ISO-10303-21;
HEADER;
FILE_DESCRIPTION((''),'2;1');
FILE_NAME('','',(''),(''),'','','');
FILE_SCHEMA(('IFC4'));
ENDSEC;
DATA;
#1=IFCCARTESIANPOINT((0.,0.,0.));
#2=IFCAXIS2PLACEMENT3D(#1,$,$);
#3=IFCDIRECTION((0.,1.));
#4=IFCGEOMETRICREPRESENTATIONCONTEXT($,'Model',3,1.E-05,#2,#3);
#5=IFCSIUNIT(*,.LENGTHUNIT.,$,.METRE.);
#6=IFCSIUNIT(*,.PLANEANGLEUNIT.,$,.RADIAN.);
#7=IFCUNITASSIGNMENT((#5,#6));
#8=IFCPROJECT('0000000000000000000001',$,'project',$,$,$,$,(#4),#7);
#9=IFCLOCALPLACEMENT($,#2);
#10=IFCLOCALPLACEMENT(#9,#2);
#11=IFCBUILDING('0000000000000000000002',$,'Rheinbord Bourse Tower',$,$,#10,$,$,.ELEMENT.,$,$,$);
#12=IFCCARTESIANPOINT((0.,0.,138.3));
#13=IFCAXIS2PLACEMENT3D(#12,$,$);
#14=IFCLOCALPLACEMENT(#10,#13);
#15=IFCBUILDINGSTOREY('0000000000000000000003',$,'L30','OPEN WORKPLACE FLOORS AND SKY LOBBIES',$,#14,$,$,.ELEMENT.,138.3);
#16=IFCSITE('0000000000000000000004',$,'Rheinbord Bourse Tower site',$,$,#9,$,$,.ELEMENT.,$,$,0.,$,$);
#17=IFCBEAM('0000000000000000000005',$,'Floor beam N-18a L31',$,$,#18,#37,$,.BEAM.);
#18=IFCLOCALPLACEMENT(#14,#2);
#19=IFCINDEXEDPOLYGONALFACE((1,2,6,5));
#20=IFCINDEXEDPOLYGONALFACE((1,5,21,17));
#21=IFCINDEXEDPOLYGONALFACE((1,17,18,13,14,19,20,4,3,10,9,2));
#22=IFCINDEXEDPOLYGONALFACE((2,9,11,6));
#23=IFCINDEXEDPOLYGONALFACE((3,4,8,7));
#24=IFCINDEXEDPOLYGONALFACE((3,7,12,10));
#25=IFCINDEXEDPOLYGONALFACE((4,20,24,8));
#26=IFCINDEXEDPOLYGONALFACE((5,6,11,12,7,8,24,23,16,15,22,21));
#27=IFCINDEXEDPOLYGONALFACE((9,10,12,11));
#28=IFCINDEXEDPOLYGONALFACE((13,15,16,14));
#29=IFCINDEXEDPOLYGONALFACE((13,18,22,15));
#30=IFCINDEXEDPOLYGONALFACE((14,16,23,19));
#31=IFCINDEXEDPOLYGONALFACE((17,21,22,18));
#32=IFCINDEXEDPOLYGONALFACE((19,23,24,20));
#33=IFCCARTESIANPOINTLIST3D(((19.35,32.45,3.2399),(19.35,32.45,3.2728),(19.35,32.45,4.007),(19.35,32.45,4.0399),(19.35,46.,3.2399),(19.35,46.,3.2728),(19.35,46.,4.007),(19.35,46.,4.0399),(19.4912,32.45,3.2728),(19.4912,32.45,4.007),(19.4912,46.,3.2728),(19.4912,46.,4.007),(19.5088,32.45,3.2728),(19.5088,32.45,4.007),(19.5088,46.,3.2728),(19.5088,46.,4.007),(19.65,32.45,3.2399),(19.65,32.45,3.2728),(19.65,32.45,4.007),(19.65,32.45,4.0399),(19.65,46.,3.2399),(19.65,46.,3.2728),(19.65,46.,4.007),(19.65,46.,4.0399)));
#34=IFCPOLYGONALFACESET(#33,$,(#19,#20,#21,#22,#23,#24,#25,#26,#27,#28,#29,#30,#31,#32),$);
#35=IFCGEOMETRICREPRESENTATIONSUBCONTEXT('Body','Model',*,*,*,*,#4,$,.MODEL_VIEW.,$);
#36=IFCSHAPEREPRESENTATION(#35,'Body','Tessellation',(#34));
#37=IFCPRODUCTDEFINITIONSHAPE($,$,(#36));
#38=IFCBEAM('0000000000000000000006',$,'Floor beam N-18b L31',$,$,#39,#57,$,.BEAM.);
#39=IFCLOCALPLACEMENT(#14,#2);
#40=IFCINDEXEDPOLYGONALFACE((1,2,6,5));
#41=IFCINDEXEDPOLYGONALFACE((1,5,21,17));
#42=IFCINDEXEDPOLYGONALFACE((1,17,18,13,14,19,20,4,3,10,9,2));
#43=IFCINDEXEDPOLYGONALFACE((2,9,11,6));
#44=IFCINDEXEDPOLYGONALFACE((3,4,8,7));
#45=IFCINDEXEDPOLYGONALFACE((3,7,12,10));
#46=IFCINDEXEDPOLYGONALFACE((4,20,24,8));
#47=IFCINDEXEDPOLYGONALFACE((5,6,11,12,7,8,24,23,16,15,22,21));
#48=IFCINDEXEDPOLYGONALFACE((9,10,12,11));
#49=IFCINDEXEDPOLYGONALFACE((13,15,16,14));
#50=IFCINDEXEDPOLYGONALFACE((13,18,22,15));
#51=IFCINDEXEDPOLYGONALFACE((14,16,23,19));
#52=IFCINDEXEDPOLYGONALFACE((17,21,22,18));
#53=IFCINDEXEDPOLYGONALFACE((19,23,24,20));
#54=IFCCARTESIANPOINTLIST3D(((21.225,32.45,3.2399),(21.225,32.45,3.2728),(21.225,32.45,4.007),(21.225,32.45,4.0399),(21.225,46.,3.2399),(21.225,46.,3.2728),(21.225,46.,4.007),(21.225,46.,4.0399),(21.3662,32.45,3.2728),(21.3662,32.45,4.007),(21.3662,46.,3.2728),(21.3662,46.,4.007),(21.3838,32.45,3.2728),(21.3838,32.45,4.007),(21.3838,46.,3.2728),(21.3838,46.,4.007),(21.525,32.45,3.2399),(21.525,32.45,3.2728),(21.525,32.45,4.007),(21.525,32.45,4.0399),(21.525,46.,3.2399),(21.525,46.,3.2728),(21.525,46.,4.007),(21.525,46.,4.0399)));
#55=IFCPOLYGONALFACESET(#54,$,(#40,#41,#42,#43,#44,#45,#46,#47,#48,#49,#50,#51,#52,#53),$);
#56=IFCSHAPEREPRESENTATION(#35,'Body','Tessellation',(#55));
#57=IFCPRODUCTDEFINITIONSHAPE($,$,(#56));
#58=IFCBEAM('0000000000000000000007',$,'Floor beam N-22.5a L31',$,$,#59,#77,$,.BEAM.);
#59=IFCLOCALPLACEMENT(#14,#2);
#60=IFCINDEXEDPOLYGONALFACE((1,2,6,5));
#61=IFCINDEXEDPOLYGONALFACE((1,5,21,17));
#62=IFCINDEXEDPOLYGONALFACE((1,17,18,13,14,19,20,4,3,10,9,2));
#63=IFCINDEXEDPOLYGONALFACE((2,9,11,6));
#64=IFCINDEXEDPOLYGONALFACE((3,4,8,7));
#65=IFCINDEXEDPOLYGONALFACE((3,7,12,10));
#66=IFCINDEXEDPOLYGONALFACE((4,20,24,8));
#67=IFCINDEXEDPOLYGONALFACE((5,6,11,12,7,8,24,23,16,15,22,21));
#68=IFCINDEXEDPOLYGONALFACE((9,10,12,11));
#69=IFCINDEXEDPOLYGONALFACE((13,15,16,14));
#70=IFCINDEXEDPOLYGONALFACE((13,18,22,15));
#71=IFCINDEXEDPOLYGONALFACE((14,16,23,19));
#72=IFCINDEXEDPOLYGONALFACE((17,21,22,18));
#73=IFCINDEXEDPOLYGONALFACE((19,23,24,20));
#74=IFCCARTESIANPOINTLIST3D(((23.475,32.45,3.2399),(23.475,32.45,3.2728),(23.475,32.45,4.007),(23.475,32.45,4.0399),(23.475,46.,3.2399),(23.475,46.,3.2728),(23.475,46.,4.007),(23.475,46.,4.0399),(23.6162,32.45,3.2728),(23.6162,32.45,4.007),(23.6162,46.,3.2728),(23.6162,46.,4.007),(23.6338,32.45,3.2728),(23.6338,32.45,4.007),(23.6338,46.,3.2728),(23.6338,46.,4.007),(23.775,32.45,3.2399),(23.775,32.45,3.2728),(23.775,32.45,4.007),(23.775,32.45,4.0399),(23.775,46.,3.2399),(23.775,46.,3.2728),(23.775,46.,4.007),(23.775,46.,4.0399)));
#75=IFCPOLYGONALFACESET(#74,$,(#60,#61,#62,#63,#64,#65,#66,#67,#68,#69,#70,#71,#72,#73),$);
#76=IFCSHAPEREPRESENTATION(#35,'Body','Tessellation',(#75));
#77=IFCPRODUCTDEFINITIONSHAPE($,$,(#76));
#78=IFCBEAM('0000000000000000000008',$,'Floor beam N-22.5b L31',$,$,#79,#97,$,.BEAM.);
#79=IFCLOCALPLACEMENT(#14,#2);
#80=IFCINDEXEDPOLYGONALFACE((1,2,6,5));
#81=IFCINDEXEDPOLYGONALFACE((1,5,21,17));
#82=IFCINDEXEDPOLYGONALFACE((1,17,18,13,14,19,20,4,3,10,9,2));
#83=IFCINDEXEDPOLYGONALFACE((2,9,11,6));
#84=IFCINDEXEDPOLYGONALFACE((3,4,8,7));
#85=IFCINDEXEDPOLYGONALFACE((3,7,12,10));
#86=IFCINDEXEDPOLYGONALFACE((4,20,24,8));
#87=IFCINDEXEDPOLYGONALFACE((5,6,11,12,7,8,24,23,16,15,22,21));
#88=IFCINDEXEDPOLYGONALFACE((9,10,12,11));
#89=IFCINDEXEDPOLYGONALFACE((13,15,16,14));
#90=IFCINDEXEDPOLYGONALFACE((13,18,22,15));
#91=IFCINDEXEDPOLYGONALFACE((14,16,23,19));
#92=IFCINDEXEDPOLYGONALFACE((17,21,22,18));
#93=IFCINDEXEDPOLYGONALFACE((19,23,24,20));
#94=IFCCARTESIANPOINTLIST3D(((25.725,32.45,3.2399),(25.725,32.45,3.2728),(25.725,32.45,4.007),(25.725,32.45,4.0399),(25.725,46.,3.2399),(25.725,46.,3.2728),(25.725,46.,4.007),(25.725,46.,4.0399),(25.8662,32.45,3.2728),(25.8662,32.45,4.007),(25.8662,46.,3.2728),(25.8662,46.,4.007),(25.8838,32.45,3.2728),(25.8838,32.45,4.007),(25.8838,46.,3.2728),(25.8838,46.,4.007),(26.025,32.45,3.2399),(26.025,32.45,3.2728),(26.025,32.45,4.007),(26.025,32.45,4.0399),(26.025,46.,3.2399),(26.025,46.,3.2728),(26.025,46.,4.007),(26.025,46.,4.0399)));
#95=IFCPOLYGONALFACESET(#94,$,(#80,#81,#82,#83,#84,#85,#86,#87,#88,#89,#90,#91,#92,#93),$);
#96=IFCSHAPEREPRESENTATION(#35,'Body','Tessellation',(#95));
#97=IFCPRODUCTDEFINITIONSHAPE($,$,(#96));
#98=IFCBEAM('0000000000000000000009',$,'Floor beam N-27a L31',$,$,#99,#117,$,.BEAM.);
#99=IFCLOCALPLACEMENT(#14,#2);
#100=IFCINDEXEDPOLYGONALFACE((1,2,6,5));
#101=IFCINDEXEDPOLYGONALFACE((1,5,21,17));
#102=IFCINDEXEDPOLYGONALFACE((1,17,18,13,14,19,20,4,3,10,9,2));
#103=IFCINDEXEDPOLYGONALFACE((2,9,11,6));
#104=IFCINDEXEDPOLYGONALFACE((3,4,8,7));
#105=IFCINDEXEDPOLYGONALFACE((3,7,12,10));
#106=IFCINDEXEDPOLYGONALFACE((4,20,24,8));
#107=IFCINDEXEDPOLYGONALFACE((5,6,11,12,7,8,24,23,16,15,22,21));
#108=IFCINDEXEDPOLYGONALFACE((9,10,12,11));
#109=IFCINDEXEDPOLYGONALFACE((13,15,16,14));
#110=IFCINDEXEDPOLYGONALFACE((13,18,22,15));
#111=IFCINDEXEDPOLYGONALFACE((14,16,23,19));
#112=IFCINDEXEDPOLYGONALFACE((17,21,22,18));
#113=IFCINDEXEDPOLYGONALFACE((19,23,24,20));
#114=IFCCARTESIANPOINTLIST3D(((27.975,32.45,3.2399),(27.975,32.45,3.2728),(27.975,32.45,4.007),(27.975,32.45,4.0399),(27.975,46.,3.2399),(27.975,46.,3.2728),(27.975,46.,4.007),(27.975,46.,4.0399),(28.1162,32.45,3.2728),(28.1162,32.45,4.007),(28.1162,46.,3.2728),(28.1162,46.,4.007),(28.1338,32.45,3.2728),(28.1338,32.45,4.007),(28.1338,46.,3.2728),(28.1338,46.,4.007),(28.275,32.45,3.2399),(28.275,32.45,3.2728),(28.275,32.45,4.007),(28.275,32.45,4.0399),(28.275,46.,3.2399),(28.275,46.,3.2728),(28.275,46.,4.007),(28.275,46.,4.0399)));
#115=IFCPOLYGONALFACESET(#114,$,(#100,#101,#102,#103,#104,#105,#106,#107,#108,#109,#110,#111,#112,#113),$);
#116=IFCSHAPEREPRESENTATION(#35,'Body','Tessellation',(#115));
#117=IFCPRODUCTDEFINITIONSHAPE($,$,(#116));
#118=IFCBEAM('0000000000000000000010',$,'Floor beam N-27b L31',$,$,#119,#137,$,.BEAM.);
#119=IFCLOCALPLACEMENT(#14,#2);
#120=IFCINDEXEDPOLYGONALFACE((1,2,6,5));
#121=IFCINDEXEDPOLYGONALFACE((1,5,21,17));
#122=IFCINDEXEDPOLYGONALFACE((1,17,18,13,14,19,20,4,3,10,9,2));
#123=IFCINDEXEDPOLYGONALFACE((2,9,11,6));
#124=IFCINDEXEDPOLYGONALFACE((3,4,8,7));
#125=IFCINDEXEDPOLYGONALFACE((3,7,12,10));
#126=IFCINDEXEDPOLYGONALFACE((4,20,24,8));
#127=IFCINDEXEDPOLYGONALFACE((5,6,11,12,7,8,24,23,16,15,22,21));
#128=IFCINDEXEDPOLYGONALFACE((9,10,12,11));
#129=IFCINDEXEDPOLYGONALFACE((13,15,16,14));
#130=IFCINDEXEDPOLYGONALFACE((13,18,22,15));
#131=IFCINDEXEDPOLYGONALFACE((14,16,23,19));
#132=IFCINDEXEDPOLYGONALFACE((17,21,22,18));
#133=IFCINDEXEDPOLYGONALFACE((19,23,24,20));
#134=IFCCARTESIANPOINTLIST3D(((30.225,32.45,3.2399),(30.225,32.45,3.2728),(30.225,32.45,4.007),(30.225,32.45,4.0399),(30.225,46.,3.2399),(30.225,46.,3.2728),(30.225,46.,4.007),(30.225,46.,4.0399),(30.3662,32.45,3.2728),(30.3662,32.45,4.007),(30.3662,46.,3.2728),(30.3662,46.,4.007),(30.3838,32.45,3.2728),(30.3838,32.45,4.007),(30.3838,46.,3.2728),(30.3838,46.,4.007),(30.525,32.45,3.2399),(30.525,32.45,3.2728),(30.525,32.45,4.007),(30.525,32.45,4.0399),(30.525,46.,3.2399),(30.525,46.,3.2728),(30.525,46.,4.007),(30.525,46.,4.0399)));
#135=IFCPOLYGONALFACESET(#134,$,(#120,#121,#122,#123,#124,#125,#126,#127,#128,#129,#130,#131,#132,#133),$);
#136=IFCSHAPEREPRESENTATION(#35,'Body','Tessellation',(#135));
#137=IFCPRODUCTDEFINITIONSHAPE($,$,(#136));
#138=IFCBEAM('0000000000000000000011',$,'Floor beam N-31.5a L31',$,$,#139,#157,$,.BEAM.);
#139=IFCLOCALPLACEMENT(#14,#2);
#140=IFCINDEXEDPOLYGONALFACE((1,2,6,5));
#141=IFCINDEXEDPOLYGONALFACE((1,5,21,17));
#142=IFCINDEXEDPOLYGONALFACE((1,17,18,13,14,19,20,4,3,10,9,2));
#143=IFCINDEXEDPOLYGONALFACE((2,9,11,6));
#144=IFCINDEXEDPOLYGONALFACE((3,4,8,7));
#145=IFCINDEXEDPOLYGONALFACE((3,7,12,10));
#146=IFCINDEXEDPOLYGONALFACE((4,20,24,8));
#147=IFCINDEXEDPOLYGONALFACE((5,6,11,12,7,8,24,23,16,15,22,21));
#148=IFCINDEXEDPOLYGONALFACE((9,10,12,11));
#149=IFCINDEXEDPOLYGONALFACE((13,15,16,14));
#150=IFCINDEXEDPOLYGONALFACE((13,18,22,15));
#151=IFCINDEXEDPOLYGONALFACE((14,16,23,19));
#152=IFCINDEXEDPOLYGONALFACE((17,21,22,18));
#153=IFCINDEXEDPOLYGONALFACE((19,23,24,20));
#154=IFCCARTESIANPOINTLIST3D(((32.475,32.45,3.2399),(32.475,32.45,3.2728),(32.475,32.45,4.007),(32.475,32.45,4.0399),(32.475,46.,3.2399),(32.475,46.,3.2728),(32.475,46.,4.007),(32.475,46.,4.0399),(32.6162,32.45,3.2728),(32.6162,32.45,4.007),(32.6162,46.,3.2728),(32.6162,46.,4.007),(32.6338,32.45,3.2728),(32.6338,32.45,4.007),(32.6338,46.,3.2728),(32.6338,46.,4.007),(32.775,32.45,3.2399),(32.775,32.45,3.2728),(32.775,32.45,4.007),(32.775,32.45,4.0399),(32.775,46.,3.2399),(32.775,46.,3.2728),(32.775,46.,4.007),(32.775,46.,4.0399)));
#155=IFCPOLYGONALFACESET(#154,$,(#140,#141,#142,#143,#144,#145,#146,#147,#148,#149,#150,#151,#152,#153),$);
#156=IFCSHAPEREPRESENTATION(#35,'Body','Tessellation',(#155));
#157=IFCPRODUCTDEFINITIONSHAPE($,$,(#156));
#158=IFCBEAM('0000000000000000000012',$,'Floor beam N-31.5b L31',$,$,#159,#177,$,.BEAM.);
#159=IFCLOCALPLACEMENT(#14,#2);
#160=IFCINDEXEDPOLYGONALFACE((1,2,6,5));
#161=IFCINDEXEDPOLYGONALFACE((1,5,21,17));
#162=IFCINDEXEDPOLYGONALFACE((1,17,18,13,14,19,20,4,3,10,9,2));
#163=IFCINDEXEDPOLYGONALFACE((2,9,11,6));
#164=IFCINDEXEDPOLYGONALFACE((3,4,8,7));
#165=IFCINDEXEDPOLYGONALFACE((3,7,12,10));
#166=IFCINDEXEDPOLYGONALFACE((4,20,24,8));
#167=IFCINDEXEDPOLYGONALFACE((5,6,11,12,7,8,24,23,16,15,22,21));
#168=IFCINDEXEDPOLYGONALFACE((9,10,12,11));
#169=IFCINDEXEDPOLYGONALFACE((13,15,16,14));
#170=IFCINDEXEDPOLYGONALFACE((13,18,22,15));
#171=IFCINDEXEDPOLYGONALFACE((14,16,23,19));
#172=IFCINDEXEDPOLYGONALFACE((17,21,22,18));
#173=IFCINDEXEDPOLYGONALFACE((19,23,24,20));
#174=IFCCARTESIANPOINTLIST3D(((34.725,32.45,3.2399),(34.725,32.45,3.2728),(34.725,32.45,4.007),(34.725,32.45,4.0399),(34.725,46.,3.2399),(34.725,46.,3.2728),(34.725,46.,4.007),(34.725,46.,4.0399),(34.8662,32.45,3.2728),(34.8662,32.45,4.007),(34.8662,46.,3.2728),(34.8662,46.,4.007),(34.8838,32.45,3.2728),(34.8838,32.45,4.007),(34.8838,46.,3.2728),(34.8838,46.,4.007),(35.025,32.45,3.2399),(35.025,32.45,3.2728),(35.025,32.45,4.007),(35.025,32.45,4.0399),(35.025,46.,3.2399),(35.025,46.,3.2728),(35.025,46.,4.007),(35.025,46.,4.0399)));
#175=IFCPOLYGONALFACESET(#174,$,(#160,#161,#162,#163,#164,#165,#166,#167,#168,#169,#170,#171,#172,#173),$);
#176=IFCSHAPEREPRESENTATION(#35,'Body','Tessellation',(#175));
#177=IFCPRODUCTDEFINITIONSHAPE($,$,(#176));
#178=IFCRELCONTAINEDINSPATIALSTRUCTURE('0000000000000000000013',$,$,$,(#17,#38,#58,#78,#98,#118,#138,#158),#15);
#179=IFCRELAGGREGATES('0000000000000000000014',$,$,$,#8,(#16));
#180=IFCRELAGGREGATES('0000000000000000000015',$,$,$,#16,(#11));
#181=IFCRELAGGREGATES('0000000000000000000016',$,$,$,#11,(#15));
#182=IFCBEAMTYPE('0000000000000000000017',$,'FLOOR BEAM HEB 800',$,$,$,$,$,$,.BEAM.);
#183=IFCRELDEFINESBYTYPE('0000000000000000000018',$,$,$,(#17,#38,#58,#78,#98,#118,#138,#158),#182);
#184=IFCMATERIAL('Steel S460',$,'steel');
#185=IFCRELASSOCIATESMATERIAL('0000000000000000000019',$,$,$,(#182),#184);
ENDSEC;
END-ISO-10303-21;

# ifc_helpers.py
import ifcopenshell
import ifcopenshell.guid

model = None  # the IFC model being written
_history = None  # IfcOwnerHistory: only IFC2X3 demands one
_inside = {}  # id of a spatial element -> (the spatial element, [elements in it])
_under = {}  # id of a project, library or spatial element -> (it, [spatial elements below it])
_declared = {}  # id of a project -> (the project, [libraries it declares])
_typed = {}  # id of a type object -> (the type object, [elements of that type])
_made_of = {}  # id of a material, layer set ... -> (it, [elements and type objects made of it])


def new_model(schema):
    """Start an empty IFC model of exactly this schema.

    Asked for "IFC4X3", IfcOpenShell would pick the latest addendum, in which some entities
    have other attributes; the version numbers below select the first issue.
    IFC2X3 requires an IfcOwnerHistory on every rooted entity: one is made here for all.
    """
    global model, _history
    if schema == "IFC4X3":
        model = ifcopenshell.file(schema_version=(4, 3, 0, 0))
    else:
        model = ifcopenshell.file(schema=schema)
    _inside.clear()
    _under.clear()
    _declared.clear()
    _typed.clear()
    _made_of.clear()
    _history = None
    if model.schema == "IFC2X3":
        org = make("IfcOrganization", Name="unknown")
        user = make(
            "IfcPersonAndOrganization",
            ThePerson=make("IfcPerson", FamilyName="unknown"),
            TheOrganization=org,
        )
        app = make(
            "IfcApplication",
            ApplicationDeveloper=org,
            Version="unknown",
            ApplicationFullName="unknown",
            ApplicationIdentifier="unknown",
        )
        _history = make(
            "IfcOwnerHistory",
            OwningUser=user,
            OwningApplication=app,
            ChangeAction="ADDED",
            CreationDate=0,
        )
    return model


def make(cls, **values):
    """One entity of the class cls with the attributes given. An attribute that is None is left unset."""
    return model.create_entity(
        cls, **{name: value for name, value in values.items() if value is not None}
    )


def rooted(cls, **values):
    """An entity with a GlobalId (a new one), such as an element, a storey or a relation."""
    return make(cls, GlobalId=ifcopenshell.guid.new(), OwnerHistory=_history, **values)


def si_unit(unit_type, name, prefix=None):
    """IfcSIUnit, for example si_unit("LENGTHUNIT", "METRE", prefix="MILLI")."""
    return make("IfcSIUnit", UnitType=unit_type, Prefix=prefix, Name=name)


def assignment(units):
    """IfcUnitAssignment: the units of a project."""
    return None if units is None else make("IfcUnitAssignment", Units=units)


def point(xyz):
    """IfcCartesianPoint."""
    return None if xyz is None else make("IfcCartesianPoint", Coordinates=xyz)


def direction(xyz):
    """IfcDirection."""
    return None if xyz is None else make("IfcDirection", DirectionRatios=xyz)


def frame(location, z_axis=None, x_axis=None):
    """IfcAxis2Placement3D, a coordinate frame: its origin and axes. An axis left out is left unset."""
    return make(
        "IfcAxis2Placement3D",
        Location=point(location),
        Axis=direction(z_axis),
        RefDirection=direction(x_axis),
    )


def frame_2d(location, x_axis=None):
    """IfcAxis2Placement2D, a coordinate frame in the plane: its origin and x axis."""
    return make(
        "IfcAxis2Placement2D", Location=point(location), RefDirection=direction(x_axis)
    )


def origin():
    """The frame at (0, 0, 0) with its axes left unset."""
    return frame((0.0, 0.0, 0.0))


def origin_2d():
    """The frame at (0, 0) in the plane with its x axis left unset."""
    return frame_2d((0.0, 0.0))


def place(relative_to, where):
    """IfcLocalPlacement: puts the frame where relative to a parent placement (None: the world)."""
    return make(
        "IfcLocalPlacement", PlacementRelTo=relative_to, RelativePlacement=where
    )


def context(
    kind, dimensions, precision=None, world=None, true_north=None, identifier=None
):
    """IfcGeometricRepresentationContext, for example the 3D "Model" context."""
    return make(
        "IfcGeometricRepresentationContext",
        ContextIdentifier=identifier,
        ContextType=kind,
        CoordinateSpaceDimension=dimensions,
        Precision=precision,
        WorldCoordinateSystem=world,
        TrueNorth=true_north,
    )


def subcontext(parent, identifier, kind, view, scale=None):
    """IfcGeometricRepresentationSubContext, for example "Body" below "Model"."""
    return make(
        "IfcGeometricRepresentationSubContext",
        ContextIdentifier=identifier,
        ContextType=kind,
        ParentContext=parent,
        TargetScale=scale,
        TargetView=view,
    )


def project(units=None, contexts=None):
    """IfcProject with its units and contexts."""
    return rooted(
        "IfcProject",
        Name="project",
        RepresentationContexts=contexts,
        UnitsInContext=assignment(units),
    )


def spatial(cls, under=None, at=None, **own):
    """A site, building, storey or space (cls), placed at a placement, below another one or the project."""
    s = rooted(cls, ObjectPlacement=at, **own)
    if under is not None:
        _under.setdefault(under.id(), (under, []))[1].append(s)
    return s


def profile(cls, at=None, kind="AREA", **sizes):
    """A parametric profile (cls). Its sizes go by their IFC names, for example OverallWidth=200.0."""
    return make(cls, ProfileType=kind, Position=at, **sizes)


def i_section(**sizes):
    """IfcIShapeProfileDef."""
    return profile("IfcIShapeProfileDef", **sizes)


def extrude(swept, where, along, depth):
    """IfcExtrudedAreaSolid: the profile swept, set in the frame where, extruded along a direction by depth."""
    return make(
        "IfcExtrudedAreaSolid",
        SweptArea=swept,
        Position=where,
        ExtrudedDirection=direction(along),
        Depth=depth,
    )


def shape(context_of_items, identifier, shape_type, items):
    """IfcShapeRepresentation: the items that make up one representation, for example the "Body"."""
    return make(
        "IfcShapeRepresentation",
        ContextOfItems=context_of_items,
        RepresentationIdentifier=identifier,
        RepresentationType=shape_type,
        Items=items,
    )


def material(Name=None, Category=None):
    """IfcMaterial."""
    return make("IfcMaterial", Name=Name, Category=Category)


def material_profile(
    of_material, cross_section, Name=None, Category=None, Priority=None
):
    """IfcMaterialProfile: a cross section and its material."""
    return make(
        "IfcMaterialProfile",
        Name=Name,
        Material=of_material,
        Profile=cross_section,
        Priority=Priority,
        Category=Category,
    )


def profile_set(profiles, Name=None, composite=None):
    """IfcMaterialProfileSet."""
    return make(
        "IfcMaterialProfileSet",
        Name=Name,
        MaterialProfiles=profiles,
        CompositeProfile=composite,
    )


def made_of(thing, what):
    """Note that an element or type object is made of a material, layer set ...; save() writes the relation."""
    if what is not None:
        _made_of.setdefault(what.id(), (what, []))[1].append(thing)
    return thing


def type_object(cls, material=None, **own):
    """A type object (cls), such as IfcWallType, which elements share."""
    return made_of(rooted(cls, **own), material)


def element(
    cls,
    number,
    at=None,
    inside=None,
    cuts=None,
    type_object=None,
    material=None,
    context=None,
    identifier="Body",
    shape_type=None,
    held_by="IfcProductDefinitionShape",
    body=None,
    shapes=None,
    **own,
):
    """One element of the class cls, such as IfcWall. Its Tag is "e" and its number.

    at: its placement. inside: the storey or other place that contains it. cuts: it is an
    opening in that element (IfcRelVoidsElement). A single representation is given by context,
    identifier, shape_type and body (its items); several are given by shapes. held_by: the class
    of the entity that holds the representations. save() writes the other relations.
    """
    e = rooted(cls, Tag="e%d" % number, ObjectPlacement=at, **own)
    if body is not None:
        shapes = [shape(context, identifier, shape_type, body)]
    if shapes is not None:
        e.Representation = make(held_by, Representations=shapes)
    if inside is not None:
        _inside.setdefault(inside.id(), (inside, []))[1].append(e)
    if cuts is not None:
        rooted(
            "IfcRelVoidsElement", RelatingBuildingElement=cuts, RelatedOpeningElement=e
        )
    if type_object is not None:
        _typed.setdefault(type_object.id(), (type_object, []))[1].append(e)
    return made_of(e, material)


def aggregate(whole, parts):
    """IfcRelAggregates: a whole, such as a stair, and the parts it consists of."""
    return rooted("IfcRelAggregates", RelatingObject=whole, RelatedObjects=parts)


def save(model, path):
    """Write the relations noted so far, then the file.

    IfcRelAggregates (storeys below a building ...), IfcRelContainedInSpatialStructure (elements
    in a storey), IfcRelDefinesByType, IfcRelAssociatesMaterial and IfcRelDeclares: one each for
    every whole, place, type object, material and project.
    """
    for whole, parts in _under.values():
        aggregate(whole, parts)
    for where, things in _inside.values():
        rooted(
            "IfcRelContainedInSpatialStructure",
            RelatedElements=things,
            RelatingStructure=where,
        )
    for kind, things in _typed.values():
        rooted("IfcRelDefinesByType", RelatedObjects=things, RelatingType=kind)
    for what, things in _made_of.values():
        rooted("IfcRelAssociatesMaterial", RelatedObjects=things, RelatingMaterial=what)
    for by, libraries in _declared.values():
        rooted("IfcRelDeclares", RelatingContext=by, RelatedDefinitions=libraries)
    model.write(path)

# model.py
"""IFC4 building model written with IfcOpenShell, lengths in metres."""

from ifc_helpers import new_model, si_unit, direction, frame, origin, origin_2d, place, context, subcontext, project, spatial, i_section, extrude, material, material_profile, profile_set, type_object, element, save


model = new_model("IFC4")

# Units and contexts
model_context = context("Model", 3, precision=1e-05, world=origin(), true_north=direction((0.0, 1.0)))
body_context = subcontext(model_context, "Body", "Model", "MODEL_VIEW")
ifc_project = project(units=[si_unit("LENGTHUNIT", "METRE"), si_unit("PLANEANGLEUNIT", "RADIAN")], contexts=[model_context])

# Site, building, storey
site_placement = place(None, origin())
site = spatial("IfcSite", under=ifc_project, at=site_placement, Name="Rheinbord Bourse Tower site", CompositionType="ELEMENT", RefElevation=0.0)
building_placement = place(site_placement, origin())
building = spatial("IfcBuilding", under=site, at=building_placement, Name="Rheinbord Bourse Tower", CompositionType="ELEMENT")
storey_placement = place(building_placement, frame((0.0, 0.0, 138.3)))
storey = spatial("IfcBuildingStorey", under=building, at=storey_placement, Name="L30", Description="OPEN WORKPLACE FLOORS AND SKY LOBBIES", CompositionType="ELEMENT", Elevation=138.3)

# Beams
ifc_material_1 = material(Name="Steel S460", Category="steel")
ifc_material_profile_1 = material_profile(ifc_material_1, i_section(OverallWidth=0.3, OverallDepth=0.8, WebThickness=0.0176, FlangeThickness=0.033, at=origin_2d()), Name="HEB 800")
ifc_profile_set_1 = profile_set([ifc_material_profile_1], Name="Steel S460")
beam_type_1 = type_object("IfcBeamType", Name="FLOOR BEAM HEB 800", PredefinedType="BEAM", material=ifc_profile_set_1)
for number, where, z_axis, x_axis, name in (
    (1, (19.5, 46.0, 3.6399), (0.0, -1.0, 0.0), (1.0, 0.0, 0.0), "Floor beam N-18a L31"),
    (2, (21.375, 46.0, 3.6399), (0.0, -1.0, 0.0), (1.0, 0.0, 0.0), "Floor beam N-18b L31"),
    (3, (23.625, 46.0, 3.6399), (0.0, -1.0, 0.0), (1.0, 0.0, 0.0), "Floor beam N-22.5a L31"),
    (4, (25.875, 46.0, 3.6399), (0.0, -1.0, 0.0), (1.0, 0.0, 0.0), "Floor beam N-22.5b L31"),
    (5, (28.125, 46.0, 3.6399), (0.0, -1.0, 0.0), (1.0, 0.0, 0.0), "Floor beam N-27a L31"),
    (6, (30.375, 46.0, 3.6399), (0.0, -1.0, 0.0), (1.0, 0.0, 0.0), "Floor beam N-27b L31"),
    (7, (32.625, 46.0, 3.6399), (0.0, -1.0, 0.0), (1.0, 0.0, 0.0), "Floor beam N-31.5a L31"),
    (8, (34.875, 46.0, 3.6399), (0.0, -1.0, 0.0), (1.0, 0.0, 0.0), "Floor beam N-31.5b L31"),
):
    element("IfcBeam", number, at=place(storey_placement, frame(where, z_axis=z_axis, x_axis=x_axis)), inside=storey, type_object=beam_type_1, Name=name, PredefinedType="BEAM", context=body_context, shape_type="SweptSolid", body=[
        extrude(i_section(OverallWidth=0.3, OverallDepth=0.8, WebThickness=0.0176, FlangeThickness=0.033, at=origin_2d()), origin(), (0.0, 0.0, 1.0), 13.55),
    ])

save(model, "model.ifc")
